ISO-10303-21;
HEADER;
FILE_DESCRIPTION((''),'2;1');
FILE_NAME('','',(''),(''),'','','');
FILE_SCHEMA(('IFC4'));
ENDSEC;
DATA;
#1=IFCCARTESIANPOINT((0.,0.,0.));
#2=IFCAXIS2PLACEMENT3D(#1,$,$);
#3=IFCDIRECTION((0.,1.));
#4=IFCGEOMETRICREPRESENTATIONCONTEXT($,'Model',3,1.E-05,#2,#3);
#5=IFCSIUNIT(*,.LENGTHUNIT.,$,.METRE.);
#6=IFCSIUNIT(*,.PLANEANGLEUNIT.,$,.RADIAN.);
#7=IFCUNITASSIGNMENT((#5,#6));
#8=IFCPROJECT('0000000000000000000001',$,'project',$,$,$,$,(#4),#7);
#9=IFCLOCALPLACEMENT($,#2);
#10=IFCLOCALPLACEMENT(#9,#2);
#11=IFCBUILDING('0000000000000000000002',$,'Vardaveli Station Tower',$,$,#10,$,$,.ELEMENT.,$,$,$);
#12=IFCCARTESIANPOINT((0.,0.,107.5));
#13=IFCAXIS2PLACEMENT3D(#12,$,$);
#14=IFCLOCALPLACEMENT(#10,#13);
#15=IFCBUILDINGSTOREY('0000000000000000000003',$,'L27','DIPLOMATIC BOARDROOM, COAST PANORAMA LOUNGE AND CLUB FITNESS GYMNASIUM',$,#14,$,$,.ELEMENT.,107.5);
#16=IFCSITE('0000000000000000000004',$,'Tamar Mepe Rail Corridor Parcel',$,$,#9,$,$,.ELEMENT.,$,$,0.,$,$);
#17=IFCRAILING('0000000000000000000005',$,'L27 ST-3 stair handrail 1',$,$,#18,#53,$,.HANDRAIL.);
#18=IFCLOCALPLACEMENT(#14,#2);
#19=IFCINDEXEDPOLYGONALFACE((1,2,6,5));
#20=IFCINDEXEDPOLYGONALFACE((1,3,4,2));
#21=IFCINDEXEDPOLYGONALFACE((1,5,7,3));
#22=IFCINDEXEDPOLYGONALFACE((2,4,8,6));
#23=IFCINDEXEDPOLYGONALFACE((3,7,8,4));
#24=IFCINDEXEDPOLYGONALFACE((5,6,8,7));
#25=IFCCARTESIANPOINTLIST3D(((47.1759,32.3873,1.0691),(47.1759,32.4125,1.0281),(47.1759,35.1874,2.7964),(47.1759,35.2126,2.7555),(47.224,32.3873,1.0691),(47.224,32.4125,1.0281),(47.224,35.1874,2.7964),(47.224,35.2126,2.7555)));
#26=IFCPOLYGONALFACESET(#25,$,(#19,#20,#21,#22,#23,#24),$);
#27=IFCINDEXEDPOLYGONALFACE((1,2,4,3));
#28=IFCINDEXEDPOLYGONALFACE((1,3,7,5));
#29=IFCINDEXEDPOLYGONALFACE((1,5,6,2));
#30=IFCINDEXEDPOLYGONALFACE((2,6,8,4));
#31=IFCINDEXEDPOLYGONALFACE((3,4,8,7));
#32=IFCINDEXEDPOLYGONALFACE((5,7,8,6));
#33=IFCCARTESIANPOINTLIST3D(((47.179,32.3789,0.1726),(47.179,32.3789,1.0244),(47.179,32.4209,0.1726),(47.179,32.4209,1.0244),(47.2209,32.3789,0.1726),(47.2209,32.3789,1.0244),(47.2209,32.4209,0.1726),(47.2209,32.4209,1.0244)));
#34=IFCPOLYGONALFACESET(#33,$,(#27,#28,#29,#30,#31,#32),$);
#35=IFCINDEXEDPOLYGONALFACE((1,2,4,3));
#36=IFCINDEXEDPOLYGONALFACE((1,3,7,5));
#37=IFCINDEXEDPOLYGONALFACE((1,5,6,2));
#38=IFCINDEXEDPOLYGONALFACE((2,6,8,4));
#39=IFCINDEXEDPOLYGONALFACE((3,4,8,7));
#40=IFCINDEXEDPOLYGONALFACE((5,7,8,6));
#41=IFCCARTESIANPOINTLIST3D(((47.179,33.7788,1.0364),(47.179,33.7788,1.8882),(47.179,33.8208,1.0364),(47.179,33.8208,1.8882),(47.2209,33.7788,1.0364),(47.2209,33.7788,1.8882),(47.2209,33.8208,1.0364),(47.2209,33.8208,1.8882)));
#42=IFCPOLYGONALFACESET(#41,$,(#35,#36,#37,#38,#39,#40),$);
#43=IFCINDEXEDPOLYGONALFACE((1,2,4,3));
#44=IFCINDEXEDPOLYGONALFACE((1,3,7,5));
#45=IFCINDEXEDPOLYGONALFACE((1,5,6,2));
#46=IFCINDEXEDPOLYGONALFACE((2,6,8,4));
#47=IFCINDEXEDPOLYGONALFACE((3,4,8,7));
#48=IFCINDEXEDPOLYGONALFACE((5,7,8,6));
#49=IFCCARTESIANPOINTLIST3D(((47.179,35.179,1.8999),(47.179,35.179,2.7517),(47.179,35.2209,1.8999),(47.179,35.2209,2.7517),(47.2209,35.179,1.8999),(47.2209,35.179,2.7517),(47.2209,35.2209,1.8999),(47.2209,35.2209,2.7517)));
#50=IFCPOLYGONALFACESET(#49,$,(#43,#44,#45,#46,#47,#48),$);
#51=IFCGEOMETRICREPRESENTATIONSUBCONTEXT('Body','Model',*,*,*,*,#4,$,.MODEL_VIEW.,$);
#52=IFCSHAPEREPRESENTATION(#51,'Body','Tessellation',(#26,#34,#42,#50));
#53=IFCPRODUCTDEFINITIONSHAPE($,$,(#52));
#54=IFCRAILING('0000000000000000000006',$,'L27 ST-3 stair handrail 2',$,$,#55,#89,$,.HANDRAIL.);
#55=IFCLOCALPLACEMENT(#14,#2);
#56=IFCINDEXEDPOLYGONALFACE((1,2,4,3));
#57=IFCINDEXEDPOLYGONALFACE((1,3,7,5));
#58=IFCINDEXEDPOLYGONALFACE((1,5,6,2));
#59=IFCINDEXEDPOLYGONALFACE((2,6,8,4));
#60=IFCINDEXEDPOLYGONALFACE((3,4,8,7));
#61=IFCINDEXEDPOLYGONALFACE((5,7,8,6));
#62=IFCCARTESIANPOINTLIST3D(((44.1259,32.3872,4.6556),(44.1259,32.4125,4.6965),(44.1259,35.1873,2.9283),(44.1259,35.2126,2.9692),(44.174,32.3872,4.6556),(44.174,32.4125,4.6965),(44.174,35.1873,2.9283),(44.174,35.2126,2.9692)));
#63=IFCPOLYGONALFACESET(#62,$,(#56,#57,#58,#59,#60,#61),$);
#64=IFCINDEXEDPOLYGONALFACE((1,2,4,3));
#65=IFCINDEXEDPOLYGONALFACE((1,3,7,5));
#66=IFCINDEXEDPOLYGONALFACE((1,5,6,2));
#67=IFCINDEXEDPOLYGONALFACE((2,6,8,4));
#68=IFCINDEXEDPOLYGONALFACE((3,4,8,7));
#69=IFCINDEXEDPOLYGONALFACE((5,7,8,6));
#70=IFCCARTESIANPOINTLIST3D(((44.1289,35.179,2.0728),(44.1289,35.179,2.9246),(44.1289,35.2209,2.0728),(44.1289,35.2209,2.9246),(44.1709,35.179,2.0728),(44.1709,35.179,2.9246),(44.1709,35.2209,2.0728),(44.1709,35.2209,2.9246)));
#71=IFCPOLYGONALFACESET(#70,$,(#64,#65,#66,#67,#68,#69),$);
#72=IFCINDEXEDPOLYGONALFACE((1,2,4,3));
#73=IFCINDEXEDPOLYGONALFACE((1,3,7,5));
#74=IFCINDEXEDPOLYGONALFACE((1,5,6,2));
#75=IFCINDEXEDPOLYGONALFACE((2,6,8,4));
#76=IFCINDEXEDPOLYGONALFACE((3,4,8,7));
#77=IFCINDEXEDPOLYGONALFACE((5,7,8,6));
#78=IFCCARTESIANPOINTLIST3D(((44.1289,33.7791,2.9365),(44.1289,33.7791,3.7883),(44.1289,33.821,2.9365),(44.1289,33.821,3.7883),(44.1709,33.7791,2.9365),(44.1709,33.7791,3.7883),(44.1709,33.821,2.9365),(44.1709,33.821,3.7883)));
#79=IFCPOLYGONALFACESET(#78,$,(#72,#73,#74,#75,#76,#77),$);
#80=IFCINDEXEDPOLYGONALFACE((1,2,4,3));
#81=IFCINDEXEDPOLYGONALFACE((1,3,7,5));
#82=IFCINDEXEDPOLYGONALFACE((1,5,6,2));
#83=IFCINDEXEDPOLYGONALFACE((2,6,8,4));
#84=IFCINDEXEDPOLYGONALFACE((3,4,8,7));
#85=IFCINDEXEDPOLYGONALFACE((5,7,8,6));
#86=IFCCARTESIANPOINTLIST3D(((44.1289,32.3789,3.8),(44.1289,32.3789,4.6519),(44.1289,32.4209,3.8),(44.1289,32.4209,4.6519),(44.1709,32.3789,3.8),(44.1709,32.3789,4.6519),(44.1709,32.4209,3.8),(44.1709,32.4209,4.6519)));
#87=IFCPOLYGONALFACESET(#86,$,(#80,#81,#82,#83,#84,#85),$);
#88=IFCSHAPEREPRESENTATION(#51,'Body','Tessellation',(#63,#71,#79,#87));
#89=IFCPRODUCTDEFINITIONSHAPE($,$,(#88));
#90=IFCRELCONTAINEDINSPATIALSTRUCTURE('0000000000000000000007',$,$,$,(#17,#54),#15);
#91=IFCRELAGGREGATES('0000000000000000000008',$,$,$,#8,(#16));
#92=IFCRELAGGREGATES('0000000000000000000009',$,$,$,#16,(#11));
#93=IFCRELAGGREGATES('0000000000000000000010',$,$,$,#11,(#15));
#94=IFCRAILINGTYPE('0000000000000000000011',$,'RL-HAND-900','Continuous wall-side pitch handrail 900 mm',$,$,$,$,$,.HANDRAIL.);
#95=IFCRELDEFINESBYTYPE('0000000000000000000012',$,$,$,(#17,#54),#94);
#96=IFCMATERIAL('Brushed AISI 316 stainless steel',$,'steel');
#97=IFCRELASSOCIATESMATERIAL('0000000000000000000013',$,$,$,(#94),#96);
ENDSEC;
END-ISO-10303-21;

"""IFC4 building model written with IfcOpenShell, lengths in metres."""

from ifc_helpers import new_model, si_unit, direction, frame, origin, origin_2d, place, context, subcontext, project, spatial, rectangle, extrude, source, transform, mapped, material, type_object, element, save


model = new_model("IFC4")

# Units and contexts
model_context = context("Model", 3, precision=1e-05, world=origin(), true_north=direction((0.0, 1.0)))
body_context = subcontext(model_context, "Body", "Model", "MODEL_VIEW")
ifc_project = project(units=[si_unit("LENGTHUNIT", "METRE"), si_unit("PLANEANGLEUNIT", "RADIAN")], contexts=[model_context])

# Site, building, storey
site_placement = place(None, origin())
site = spatial("IfcSite", under=ifc_project, at=site_placement, Name="Tamar Mepe Rail Corridor Parcel", CompositionType="ELEMENT", RefElevation=0.0)
building_placement = place(site_placement, origin())
building = spatial("IfcBuilding", under=site, at=building_placement, Name="Vardaveli Station Tower", CompositionType="ELEMENT")
storey_placement = place(building_placement, frame((0.0, 0.0, 107.5)))
storey = spatial("IfcBuildingStorey", under=building, at=storey_placement, Name="L27", Description="DIPLOMATIC BOARDROOM, COAST PANORAMA LOUNGE AND CLUB FITNESS GYMNASIUM", CompositionType="ELEMENT", Elevation=107.5)

# Railings
ifc_material_1 = material(Name="Brushed AISI 316 stainless steel", Category="steel")
railing_type_1 = type_object("IfcRailingType", Name="RL-HAND-900", Description="Continuous wall-side pitch handrail 900 mm", PredefinedType="HANDRAIL", material=ifc_material_1)
shared_shape_1 = source(origin(), body_context, "Body", "SweptSolid", [
    extrude(rectangle(XDim=0.0481, YDim=0.0481, at=origin_2d()), frame((0.0, 0.0, 0.876), z_axis=(0.0, 0.85109, 0.52502), x_axis=(-1.0, 0.0, 0.0)), (0.0, 0.0, 1.0), 3.29),
    extrude(rectangle(XDim=0.042, YDim=0.042, at=origin_2d()), origin(), (0.0, 0.0, 1.0), 0.8518),
    extrude(rectangle(XDim=0.042, YDim=0.042, at=origin_2d()), frame((0.0, 1.3999, 0.8638)), (0.0, 0.0, 1.0), 0.8518),
    extrude(rectangle(XDim=0.042, YDim=0.042, at=origin_2d()), frame((0.0, 2.8, 1.7273)), (0.0, 0.0, 1.0), 0.8518),
])
railing_1_placement = place(storey_placement, frame((47.2, 32.3999, 0.1726)))
element("IfcRailing", 1, at=railing_1_placement, inside=storey, type_object=railing_type_1, Name="L27 ST-3 stair handrail 1", PredefinedType="HANDRAIL", context=body_context, shape_type="MappedRepresentation", body=[
    mapped(shared_shape_1, transform((0.0, 0.0, 0.0), scale=1.0)),
])
shared_shape_2 = source(origin(), body_context, "Body", "SweptSolid", [
    extrude(rectangle(XDim=0.0481, YDim=0.0481, at=origin_2d()), frame((0.0, 0.0, 0.876), z_axis=(0.0, -0.85109, 0.52502), x_axis=(1.0, 0.0, 0.0)), (0.0, 0.0, 1.0), 3.29),
    extrude(rectangle(XDim=0.042, YDim=0.042, at=origin_2d()), origin(), (0.0, 0.0, 1.0), 0.8518),
    extrude(rectangle(XDim=0.042, YDim=0.042, at=origin_2d()), frame((0.0, -1.3999, 0.8638)), (0.0, 0.0, 1.0), 0.8518),
    extrude(rectangle(XDim=0.042, YDim=0.042, at=origin_2d()), frame((0.0, -2.8, 1.7273)), (0.0, 0.0, 1.0), 0.8518),
])
railing_2_placement = place(storey_placement, frame((44.1499, 35.2, 2.0728)))
element("IfcRailing", 2, at=railing_2_placement, inside=storey, type_object=railing_type_1, Name="L27 ST-3 stair handrail 2", PredefinedType="HANDRAIL", context=body_context, shape_type="MappedRepresentation", body=[
    mapped(shared_shape_2, transform((0.0, 0.0, 0.0), scale=1.0)),
])

save(model, "model.ifc")
